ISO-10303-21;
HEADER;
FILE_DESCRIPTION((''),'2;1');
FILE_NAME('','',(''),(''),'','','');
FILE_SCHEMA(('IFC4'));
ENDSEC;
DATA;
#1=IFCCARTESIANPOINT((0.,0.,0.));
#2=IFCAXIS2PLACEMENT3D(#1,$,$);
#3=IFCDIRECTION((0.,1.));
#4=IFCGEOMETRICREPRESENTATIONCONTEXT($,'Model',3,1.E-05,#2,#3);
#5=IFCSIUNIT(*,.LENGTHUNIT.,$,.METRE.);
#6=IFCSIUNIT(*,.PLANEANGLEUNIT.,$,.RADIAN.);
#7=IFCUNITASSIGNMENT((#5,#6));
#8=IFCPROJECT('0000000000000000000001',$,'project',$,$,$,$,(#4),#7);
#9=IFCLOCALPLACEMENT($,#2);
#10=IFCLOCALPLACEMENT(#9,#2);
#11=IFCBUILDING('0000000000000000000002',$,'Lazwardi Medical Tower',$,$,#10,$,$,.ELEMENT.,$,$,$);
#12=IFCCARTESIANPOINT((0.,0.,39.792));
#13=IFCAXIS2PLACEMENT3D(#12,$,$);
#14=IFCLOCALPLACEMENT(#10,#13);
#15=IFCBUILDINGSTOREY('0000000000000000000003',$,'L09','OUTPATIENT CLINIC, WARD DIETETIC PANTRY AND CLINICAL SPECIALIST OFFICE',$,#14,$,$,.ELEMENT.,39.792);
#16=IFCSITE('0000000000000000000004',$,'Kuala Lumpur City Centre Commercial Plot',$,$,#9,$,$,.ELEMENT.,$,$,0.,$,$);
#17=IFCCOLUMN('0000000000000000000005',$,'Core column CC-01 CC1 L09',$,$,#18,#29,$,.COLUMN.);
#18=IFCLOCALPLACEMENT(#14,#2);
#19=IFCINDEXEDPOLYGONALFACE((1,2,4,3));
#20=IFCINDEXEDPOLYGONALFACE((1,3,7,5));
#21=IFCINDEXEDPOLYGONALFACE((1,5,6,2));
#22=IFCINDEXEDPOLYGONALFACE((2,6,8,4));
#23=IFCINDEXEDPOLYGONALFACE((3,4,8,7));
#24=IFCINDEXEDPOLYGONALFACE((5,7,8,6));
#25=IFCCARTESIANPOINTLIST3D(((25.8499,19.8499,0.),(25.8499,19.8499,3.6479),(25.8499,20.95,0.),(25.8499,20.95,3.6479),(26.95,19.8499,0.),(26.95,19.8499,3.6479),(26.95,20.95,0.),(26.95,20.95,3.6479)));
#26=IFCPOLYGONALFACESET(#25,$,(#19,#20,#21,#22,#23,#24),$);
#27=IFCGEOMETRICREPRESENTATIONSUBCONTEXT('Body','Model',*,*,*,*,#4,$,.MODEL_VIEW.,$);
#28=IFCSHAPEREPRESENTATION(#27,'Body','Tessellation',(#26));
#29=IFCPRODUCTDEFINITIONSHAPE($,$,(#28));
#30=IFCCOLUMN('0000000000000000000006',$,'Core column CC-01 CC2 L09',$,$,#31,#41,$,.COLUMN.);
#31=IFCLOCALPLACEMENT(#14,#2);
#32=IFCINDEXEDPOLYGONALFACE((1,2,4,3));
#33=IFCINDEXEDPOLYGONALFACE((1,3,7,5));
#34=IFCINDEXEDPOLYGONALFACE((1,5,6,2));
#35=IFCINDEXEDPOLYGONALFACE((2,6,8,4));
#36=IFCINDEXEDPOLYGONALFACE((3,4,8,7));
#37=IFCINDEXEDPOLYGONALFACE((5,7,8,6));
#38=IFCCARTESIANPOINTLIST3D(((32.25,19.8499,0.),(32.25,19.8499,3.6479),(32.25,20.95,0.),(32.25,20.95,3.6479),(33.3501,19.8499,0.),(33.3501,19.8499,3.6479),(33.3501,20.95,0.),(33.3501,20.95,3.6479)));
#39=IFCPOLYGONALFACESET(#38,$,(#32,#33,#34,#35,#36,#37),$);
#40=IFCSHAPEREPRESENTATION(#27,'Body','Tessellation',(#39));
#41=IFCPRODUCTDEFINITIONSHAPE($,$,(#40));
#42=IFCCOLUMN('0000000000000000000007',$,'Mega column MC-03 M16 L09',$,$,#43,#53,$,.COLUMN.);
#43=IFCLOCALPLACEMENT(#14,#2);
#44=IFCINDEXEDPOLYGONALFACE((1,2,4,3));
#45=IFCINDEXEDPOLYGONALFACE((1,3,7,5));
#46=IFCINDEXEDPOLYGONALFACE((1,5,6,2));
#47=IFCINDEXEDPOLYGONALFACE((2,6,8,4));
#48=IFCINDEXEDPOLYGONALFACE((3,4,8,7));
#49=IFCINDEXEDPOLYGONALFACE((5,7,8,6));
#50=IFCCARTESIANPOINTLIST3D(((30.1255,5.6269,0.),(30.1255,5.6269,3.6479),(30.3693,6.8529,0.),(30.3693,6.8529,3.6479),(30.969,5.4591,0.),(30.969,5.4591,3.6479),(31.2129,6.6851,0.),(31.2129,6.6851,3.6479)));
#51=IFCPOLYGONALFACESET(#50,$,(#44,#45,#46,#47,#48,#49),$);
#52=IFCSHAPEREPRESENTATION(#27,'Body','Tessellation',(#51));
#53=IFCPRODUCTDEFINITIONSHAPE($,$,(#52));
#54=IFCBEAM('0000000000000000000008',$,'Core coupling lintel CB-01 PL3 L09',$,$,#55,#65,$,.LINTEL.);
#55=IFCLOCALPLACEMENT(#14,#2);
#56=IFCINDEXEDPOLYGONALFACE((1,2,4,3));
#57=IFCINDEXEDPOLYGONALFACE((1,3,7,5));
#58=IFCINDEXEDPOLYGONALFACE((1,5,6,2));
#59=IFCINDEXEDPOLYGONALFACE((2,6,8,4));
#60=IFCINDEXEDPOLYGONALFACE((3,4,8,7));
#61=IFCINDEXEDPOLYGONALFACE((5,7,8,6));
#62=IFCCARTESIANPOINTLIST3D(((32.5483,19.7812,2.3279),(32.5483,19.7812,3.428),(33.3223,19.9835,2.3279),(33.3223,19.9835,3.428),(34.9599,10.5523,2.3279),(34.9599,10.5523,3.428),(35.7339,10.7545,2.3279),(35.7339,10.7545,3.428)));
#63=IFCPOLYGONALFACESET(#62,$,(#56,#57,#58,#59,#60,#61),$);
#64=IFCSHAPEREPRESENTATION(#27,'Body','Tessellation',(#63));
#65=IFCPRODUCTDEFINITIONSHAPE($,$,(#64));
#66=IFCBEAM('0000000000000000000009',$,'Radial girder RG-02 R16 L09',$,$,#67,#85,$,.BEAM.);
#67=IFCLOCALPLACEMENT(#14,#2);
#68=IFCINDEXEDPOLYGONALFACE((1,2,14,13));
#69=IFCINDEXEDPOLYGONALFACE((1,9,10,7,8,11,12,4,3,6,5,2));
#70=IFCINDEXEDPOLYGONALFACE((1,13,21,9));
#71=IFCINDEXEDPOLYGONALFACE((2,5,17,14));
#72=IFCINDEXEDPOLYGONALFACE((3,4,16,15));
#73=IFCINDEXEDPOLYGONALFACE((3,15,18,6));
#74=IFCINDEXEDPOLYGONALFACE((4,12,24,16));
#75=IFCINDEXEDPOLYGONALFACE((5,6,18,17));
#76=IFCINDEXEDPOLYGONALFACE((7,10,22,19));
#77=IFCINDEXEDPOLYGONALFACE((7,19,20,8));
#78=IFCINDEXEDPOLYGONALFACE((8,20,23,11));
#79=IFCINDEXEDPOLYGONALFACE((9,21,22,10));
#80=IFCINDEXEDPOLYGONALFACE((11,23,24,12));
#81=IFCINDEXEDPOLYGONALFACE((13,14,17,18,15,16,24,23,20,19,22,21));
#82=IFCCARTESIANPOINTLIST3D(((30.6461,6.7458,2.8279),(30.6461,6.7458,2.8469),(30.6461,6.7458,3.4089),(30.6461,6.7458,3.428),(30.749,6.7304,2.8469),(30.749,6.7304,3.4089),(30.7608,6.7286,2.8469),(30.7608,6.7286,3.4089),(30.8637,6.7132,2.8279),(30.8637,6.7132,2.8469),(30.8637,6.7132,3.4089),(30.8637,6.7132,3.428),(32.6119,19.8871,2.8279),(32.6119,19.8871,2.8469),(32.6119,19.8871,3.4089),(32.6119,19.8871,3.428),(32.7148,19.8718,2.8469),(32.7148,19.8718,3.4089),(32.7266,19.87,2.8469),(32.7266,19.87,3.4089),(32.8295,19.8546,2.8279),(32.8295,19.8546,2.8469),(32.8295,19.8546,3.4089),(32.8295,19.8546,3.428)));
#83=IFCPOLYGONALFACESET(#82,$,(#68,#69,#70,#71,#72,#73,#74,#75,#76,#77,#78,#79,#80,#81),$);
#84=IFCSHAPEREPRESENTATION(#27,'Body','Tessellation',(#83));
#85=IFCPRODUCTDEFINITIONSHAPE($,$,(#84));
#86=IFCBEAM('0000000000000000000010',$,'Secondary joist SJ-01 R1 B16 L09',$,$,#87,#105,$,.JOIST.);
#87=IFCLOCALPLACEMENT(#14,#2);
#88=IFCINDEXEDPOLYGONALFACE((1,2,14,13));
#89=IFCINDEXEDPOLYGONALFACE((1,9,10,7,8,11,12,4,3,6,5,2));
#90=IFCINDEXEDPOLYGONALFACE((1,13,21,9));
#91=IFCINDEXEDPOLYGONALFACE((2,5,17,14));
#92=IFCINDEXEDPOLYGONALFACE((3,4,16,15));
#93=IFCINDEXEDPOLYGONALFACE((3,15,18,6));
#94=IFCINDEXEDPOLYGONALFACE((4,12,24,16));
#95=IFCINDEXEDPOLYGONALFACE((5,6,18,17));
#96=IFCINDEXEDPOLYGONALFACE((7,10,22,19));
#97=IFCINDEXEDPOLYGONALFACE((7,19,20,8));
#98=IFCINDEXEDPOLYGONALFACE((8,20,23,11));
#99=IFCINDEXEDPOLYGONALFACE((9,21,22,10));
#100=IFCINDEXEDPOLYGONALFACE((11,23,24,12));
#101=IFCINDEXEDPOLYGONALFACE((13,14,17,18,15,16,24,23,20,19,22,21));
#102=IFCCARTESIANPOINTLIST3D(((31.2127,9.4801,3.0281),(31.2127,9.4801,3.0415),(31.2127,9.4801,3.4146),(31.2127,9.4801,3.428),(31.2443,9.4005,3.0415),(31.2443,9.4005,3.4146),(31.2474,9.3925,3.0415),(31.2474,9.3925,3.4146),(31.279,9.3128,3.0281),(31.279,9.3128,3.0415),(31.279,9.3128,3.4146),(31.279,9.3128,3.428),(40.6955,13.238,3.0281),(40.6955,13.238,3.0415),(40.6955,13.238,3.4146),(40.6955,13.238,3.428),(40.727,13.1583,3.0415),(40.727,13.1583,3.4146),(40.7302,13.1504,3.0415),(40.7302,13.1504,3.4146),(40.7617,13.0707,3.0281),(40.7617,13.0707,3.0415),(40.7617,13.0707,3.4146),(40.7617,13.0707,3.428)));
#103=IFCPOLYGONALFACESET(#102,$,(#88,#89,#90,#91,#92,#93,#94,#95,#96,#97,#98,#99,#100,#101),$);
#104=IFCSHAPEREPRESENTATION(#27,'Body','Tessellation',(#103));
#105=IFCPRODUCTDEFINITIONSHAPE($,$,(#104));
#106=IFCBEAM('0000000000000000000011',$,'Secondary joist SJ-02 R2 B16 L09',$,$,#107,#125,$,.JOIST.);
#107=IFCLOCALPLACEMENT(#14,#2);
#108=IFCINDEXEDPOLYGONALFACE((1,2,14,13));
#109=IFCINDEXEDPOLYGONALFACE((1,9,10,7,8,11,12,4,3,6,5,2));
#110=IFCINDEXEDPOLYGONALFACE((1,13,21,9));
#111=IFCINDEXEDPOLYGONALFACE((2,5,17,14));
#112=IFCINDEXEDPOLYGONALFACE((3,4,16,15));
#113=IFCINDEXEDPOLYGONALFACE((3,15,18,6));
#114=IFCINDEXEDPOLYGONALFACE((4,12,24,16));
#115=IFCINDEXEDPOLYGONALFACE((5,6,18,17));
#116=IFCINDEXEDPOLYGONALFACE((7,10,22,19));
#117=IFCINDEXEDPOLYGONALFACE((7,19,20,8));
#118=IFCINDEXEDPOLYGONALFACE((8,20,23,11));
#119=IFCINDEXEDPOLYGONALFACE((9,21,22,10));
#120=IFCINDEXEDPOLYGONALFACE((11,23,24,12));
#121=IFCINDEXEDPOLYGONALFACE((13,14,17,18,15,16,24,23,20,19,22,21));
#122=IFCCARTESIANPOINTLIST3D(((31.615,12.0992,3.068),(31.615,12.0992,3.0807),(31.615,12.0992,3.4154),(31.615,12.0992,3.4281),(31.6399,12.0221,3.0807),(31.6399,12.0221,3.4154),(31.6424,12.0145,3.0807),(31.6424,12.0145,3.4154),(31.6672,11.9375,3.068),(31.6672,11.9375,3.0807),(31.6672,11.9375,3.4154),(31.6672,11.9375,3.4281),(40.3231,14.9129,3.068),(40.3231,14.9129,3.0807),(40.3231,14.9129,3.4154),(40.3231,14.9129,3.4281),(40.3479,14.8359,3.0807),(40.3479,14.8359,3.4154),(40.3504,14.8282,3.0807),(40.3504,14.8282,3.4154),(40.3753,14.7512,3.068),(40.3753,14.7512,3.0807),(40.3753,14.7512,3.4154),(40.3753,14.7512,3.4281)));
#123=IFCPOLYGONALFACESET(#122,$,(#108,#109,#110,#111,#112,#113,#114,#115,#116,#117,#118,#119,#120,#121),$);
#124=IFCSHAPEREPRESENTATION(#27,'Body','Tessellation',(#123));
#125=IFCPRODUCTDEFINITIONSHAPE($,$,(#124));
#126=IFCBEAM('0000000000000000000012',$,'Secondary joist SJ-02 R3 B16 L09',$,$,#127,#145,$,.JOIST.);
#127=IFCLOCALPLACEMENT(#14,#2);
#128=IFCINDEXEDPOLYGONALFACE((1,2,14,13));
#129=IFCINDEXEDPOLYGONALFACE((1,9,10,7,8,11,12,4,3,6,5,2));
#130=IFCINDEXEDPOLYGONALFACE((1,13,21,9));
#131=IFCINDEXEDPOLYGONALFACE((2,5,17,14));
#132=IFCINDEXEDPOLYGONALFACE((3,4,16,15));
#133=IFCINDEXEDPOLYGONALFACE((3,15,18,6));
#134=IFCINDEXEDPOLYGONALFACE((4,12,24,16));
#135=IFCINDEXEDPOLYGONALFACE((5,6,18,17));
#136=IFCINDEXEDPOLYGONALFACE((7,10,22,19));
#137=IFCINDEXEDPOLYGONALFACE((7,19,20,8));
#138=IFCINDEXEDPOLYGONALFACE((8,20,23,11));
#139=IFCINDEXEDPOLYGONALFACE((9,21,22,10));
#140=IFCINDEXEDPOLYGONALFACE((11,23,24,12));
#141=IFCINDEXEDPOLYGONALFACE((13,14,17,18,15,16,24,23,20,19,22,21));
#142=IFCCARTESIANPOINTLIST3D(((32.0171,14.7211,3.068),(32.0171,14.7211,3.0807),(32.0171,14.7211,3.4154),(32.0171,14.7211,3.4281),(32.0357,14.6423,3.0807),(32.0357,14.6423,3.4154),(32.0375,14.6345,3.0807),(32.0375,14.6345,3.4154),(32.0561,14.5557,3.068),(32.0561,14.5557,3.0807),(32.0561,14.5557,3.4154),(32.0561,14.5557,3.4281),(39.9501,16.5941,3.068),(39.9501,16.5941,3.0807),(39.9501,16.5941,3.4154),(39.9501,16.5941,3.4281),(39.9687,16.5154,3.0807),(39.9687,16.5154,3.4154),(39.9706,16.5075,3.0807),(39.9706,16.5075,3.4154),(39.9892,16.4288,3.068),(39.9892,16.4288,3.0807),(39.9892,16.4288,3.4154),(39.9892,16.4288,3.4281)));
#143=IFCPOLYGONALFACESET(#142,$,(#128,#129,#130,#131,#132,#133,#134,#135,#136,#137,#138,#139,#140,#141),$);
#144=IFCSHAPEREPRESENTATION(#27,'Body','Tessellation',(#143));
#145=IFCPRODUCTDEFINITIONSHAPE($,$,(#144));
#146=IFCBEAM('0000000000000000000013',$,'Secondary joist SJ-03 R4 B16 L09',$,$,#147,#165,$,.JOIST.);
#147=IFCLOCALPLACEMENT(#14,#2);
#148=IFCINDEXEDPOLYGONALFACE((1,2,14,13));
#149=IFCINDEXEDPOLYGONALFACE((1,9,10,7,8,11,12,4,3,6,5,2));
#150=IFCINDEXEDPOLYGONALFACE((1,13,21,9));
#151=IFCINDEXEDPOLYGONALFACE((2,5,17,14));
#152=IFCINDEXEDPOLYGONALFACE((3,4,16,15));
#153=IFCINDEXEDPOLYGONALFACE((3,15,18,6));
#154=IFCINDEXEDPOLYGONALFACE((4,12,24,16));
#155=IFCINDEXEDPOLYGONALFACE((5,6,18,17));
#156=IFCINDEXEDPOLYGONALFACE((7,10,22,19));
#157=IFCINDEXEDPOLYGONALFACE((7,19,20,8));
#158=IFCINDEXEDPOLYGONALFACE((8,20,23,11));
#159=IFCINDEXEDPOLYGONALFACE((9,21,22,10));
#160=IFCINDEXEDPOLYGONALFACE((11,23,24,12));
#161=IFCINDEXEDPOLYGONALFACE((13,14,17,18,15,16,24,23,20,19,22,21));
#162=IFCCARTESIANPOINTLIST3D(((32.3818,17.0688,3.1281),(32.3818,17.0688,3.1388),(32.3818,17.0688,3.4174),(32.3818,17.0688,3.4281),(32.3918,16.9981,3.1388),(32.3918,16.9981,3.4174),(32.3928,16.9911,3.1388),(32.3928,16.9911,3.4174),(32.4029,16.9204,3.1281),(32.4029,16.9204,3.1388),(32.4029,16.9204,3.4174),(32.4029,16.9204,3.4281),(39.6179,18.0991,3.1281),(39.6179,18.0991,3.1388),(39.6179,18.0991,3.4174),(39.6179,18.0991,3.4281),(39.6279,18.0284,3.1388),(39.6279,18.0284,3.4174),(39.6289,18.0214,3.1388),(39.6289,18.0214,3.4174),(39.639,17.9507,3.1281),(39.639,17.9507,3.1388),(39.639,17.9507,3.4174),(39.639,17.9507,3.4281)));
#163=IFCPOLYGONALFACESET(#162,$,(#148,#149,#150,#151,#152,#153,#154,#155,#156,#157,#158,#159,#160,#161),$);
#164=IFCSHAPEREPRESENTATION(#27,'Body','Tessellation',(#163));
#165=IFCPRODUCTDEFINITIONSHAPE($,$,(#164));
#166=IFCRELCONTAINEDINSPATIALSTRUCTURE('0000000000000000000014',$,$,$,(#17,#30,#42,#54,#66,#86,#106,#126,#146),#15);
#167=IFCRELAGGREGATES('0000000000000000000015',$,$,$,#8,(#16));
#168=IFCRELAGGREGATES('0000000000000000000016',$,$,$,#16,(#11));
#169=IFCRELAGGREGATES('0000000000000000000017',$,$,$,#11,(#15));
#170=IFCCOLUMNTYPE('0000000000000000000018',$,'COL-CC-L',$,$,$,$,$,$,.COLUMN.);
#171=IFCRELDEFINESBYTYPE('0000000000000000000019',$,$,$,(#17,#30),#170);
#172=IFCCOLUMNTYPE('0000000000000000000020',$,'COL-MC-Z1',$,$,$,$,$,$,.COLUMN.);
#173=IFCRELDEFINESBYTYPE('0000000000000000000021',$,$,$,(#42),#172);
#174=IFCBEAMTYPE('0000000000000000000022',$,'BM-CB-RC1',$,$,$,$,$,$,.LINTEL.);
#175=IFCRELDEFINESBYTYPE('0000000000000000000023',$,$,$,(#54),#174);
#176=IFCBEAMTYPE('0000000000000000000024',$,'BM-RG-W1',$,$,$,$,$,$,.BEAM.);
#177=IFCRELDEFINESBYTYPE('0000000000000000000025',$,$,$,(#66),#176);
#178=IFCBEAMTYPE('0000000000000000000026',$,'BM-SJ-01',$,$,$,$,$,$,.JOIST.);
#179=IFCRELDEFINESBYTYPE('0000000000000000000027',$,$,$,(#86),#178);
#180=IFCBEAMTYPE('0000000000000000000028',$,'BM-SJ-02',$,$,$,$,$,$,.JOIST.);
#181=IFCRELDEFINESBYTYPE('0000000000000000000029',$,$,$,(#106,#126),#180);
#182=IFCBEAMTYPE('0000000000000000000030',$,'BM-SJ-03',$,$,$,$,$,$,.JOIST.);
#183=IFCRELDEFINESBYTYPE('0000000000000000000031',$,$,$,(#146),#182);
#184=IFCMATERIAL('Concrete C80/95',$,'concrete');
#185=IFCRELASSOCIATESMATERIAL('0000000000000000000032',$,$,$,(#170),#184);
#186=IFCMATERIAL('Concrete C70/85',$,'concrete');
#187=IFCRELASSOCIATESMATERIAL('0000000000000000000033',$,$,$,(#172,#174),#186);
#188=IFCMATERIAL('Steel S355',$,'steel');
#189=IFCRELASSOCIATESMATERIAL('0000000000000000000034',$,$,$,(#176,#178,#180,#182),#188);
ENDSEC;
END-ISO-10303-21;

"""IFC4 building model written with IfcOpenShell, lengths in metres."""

from ifc_helpers import new_model, si_unit, direction, frame, origin, origin_2d, place, context, subcontext, project, spatial, rectangle, i_section, extrude, material, material_profile, profile_set, type_object, element, save


model = new_model("IFC4")

# Units and contexts
model_context = context("Model", 3, precision=1e-05, world=origin(), true_north=direction((0.0, 1.0)))
body_context = subcontext(model_context, "Body", "Model", "MODEL_VIEW")
ifc_project = project(units=[si_unit("LENGTHUNIT", "METRE"), si_unit("PLANEANGLEUNIT", "RADIAN")], contexts=[model_context])

# Site, building, storey
site_placement = place(None, origin())
site = spatial("IfcSite", under=ifc_project, at=site_placement, Name="Kuala Lumpur City Centre Commercial Plot", CompositionType="ELEMENT", RefElevation=0.0)
building_placement = place(site_placement, origin())
building = spatial("IfcBuilding", under=site, at=building_placement, Name="Lazwardi Medical Tower", CompositionType="ELEMENT")
storey_placement = place(building_placement, frame((0.0, 0.0, 39.792)))
storey = spatial("IfcBuildingStorey", under=building, at=storey_placement, Name="L09", Description="OUTPATIENT CLINIC, WARD DIETETIC PANTRY AND CLINICAL SPECIALIST OFFICE", CompositionType="ELEMENT", Elevation=39.792)

# Columns
ifc_material_1 = material(Name="Concrete C80/95", Category="concrete")
ifc_material_profile_1 = material_profile(ifc_material_1, rectangle(XDim=1.1001, YDim=1.1001, at=origin_2d()), Name="RC 1100x1100")
ifc_profile_set_1 = profile_set([ifc_material_profile_1], Name="Concrete C80/95")
column_type_1 = type_object("IfcColumnType", Name="COL-CC-L", PredefinedType="COLUMN", material=ifc_profile_set_1)
for number, where, z_axis, x_axis, name in (
    (1, (26.3999, 20.3999, 0.0), (0.0, 0.0, 1.0), (1.0, 0.0, 0.0), "Core column CC-01 CC1 L09"),
    (2, (32.8, 20.3999, 0.0), (0.0, 0.0, 1.0), (1.0, 0.0, 0.0), "Core column CC-01 CC2 L09"),
):
    element("IfcColumn", number, at=place(storey_placement, frame(where, z_axis=z_axis, x_axis=x_axis)), inside=storey, type_object=column_type_1, Name=name, PredefinedType="COLUMN", context=body_context, shape_type="SweptSolid", body=[
        extrude(rectangle(XDim=1.1001, YDim=1.1001, at=origin_2d()), origin(), (0.0, 0.0, 1.0), 3.6479),
    ])
ifc_material_2 = material(Name="Concrete C70/85", Category="concrete")
ifc_material_profile_2 = material_profile(ifc_material_2, rectangle(XDim=1.25, YDim=0.8601, at=origin_2d()), Name="CFT-RECT 1250x860")
ifc_profile_set_2 = profile_set([ifc_material_profile_2], Name="Concrete C70/85")
column_type_2 = type_object("IfcColumnType", Name="COL-MC-Z1", PredefinedType="COLUMN", material=ifc_profile_set_2)
column_placement = place(storey_placement, frame((30.6692, 6.156, 0.0), z_axis=(0.0, 0.0, 1.0), x_axis=(-0.19509, -0.980785, 0.0)))
element("IfcColumn", 3, at=column_placement, inside=storey, type_object=column_type_2, Name="Mega column MC-03 M16 L09", PredefinedType="COLUMN", context=body_context, shape_type="SweptSolid", body=[
    extrude(rectangle(XDim=1.25, YDim=0.8601, at=origin_2d()), origin(), (0.0, 0.0, 1.0), 3.6479),
])

# Beams
ifc_material_profile_3 = material_profile(ifc_material_2, rectangle(XDim=0.8, YDim=1.1001, at=origin_2d()), Name="RC 800x1100")
ifc_profile_set_3 = profile_set([ifc_material_profile_3], Name="Concrete C70/85")
beam_type_1 = type_object("IfcBeamType", Name="BM-CB-RC1", PredefinedType="LINTEL", material=ifc_profile_set_3)
beam_1_placement = place(storey_placement, frame((32.9353, 19.8823, 2.8779), z_axis=(0.25282, -0.967513, 0.0), x_axis=(0.967513, 0.25282, 0.0)))
element("IfcBeam", 4, at=beam_1_placement, inside=storey, type_object=beam_type_1, Name="Core coupling lintel CB-01 PL3 L09", PredefinedType="LINTEL", context=body_context, shape_type="SweptSolid", body=[
    extrude(rectangle(XDim=0.8, YDim=1.1001, at=origin_2d()), origin(), (0.0, 0.0, 1.0), 9.5388),
])
ifc_material_3 = material(Name="Steel S355", Category="steel")
ifc_material_profile_4 = material_profile(ifc_material_3, i_section(OverallWidth=0.22, OverallDepth=0.6001, WebThickness=0.012, FlangeThickness=0.019, at=origin_2d()), Name="IPE 600")
ifc_profile_set_4 = profile_set([ifc_material_profile_4], Name="Steel S355")
beam_type_2 = type_object("IfcBeamType", Name="BM-RG-W1", PredefinedType="BEAM", material=ifc_profile_set_4)
beam_2_placement = place(storey_placement, frame((30.7549, 6.7295, 3.1279), z_axis=(0.147944, 0.988996, 0.0), x_axis=(-0.988996, 0.147944, 0.0)))
element("IfcBeam", 5, at=beam_2_placement, inside=storey, type_object=beam_type_2, Name="Radial girder RG-02 R16 L09", PredefinedType="BEAM", context=body_context, shape_type="SweptSolid", body=[
    extrude(i_section(OverallWidth=0.22, OverallDepth=0.6001, WebThickness=0.012, FlangeThickness=0.019, at=origin_2d()), origin(), (0.0, 0.0, 1.0), 13.2876),
])
ifc_material_profile_5 = material_profile(ifc_material_3, i_section(OverallWidth=0.1799, OverallDepth=0.3999, WebThickness=0.0085, FlangeThickness=0.0134, at=origin_2d()), Name="IPE 400")
ifc_profile_set_5 = profile_set([ifc_material_profile_5], Name="Steel S355")
beam_type_3 = type_object("IfcBeamType", Name="BM-SJ-01", PredefinedType="JOIST", material=ifc_profile_set_5)
beam_3_placement = place(storey_placement, frame((31.2458, 9.3965, 3.228), z_axis=(0.929664, 0.368409, 0.0), x_axis=(-0.368409, 0.929664, 0.0)))
element("IfcBeam", 6, at=beam_3_placement, inside=storey, type_object=beam_type_3, Name="Secondary joist SJ-01 R1 B16 L09", PredefinedType="JOIST", context=body_context, shape_type="SweptSolid", body=[
    extrude(i_section(OverallWidth=0.1799, OverallDepth=0.3999, WebThickness=0.0085, FlangeThickness=0.0134, at=origin_2d()), origin(), (0.0, 0.0, 1.0), 10.2002),
])
ifc_material_profile_6 = material_profile(ifc_material_3, i_section(OverallWidth=0.1699, OverallDepth=0.3601, WebThickness=0.0081, FlangeThickness=0.0127, at=origin_2d()), Name="IPE 360")
ifc_profile_set_6 = profile_set([ifc_material_profile_6], Name="Steel S355")
beam_type_4 = type_object("IfcBeamType", Name="BM-SJ-02", PredefinedType="JOIST", material=ifc_profile_set_6)
beam_4_placement = place(storey_placement, frame((31.6411, 12.0183, 3.248), z_axis=(0.951559, 0.307467, 0.0), x_axis=(-0.307467, 0.951559, 0.0)))
element("IfcBeam", 7, at=beam_4_placement, inside=storey, type_object=beam_type_4, Name="Secondary joist SJ-02 R2 B16 L09", PredefinedType="JOIST", context=body_context, shape_type="SweptSolid", body=[
    extrude(i_section(OverallWidth=0.1699, OverallDepth=0.3601, WebThickness=0.0081, FlangeThickness=0.0127, at=origin_2d()), origin(), (0.0, 0.0, 1.0), 9.1514),
])
beam_5_placement = place(storey_placement, frame((32.0366, 14.6384, 3.248), z_axis=(0.973241, 0.229787, 0.0), x_axis=(-0.229787, 0.973241, 0.0)))
element("IfcBeam", 8, at=beam_5_placement, inside=storey, type_object=beam_type_4, Name="Secondary joist SJ-02 R3 B16 L09", PredefinedType="JOIST", context=body_context, shape_type="SweptSolid", body=[
    extrude(i_section(OverallWidth=0.1699, OverallDepth=0.3601, WebThickness=0.0081, FlangeThickness=0.0127, at=origin_2d()), origin(), (0.0, 0.0, 1.0), 8.1511),
])
ifc_material_profile_7 = material_profile(ifc_material_3, i_section(OverallWidth=0.1499, OverallDepth=0.3, WebThickness=0.0071, FlangeThickness=0.0107, at=origin_2d()), Name="IPE 300")
ifc_profile_set_7 = profile_set([ifc_material_profile_7], Name="Steel S355")
beam_type_5 = type_object("IfcBeamType", Name="BM-SJ-03", PredefinedType="JOIST", material=ifc_profile_set_7)
beam_6_placement = place(storey_placement, frame((32.3923, 16.9946, 3.2781), z_axis=(0.990016, 0.140958, 0.0), x_axis=(-0.140958, 0.990016, 0.0)))
element("IfcBeam", 9, at=beam_6_placement, inside=storey, type_object=beam_type_5, Name="Secondary joist SJ-03 R4 B16 L09", PredefinedType="JOIST", context=body_context, shape_type="SweptSolid", body=[
    extrude(i_section(OverallWidth=0.1499, OverallDepth=0.3, WebThickness=0.0071, FlangeThickness=0.0107, at=origin_2d()), origin(), (0.0, 0.0, 1.0), 7.3091),
])

save(model, "model.ifc")
